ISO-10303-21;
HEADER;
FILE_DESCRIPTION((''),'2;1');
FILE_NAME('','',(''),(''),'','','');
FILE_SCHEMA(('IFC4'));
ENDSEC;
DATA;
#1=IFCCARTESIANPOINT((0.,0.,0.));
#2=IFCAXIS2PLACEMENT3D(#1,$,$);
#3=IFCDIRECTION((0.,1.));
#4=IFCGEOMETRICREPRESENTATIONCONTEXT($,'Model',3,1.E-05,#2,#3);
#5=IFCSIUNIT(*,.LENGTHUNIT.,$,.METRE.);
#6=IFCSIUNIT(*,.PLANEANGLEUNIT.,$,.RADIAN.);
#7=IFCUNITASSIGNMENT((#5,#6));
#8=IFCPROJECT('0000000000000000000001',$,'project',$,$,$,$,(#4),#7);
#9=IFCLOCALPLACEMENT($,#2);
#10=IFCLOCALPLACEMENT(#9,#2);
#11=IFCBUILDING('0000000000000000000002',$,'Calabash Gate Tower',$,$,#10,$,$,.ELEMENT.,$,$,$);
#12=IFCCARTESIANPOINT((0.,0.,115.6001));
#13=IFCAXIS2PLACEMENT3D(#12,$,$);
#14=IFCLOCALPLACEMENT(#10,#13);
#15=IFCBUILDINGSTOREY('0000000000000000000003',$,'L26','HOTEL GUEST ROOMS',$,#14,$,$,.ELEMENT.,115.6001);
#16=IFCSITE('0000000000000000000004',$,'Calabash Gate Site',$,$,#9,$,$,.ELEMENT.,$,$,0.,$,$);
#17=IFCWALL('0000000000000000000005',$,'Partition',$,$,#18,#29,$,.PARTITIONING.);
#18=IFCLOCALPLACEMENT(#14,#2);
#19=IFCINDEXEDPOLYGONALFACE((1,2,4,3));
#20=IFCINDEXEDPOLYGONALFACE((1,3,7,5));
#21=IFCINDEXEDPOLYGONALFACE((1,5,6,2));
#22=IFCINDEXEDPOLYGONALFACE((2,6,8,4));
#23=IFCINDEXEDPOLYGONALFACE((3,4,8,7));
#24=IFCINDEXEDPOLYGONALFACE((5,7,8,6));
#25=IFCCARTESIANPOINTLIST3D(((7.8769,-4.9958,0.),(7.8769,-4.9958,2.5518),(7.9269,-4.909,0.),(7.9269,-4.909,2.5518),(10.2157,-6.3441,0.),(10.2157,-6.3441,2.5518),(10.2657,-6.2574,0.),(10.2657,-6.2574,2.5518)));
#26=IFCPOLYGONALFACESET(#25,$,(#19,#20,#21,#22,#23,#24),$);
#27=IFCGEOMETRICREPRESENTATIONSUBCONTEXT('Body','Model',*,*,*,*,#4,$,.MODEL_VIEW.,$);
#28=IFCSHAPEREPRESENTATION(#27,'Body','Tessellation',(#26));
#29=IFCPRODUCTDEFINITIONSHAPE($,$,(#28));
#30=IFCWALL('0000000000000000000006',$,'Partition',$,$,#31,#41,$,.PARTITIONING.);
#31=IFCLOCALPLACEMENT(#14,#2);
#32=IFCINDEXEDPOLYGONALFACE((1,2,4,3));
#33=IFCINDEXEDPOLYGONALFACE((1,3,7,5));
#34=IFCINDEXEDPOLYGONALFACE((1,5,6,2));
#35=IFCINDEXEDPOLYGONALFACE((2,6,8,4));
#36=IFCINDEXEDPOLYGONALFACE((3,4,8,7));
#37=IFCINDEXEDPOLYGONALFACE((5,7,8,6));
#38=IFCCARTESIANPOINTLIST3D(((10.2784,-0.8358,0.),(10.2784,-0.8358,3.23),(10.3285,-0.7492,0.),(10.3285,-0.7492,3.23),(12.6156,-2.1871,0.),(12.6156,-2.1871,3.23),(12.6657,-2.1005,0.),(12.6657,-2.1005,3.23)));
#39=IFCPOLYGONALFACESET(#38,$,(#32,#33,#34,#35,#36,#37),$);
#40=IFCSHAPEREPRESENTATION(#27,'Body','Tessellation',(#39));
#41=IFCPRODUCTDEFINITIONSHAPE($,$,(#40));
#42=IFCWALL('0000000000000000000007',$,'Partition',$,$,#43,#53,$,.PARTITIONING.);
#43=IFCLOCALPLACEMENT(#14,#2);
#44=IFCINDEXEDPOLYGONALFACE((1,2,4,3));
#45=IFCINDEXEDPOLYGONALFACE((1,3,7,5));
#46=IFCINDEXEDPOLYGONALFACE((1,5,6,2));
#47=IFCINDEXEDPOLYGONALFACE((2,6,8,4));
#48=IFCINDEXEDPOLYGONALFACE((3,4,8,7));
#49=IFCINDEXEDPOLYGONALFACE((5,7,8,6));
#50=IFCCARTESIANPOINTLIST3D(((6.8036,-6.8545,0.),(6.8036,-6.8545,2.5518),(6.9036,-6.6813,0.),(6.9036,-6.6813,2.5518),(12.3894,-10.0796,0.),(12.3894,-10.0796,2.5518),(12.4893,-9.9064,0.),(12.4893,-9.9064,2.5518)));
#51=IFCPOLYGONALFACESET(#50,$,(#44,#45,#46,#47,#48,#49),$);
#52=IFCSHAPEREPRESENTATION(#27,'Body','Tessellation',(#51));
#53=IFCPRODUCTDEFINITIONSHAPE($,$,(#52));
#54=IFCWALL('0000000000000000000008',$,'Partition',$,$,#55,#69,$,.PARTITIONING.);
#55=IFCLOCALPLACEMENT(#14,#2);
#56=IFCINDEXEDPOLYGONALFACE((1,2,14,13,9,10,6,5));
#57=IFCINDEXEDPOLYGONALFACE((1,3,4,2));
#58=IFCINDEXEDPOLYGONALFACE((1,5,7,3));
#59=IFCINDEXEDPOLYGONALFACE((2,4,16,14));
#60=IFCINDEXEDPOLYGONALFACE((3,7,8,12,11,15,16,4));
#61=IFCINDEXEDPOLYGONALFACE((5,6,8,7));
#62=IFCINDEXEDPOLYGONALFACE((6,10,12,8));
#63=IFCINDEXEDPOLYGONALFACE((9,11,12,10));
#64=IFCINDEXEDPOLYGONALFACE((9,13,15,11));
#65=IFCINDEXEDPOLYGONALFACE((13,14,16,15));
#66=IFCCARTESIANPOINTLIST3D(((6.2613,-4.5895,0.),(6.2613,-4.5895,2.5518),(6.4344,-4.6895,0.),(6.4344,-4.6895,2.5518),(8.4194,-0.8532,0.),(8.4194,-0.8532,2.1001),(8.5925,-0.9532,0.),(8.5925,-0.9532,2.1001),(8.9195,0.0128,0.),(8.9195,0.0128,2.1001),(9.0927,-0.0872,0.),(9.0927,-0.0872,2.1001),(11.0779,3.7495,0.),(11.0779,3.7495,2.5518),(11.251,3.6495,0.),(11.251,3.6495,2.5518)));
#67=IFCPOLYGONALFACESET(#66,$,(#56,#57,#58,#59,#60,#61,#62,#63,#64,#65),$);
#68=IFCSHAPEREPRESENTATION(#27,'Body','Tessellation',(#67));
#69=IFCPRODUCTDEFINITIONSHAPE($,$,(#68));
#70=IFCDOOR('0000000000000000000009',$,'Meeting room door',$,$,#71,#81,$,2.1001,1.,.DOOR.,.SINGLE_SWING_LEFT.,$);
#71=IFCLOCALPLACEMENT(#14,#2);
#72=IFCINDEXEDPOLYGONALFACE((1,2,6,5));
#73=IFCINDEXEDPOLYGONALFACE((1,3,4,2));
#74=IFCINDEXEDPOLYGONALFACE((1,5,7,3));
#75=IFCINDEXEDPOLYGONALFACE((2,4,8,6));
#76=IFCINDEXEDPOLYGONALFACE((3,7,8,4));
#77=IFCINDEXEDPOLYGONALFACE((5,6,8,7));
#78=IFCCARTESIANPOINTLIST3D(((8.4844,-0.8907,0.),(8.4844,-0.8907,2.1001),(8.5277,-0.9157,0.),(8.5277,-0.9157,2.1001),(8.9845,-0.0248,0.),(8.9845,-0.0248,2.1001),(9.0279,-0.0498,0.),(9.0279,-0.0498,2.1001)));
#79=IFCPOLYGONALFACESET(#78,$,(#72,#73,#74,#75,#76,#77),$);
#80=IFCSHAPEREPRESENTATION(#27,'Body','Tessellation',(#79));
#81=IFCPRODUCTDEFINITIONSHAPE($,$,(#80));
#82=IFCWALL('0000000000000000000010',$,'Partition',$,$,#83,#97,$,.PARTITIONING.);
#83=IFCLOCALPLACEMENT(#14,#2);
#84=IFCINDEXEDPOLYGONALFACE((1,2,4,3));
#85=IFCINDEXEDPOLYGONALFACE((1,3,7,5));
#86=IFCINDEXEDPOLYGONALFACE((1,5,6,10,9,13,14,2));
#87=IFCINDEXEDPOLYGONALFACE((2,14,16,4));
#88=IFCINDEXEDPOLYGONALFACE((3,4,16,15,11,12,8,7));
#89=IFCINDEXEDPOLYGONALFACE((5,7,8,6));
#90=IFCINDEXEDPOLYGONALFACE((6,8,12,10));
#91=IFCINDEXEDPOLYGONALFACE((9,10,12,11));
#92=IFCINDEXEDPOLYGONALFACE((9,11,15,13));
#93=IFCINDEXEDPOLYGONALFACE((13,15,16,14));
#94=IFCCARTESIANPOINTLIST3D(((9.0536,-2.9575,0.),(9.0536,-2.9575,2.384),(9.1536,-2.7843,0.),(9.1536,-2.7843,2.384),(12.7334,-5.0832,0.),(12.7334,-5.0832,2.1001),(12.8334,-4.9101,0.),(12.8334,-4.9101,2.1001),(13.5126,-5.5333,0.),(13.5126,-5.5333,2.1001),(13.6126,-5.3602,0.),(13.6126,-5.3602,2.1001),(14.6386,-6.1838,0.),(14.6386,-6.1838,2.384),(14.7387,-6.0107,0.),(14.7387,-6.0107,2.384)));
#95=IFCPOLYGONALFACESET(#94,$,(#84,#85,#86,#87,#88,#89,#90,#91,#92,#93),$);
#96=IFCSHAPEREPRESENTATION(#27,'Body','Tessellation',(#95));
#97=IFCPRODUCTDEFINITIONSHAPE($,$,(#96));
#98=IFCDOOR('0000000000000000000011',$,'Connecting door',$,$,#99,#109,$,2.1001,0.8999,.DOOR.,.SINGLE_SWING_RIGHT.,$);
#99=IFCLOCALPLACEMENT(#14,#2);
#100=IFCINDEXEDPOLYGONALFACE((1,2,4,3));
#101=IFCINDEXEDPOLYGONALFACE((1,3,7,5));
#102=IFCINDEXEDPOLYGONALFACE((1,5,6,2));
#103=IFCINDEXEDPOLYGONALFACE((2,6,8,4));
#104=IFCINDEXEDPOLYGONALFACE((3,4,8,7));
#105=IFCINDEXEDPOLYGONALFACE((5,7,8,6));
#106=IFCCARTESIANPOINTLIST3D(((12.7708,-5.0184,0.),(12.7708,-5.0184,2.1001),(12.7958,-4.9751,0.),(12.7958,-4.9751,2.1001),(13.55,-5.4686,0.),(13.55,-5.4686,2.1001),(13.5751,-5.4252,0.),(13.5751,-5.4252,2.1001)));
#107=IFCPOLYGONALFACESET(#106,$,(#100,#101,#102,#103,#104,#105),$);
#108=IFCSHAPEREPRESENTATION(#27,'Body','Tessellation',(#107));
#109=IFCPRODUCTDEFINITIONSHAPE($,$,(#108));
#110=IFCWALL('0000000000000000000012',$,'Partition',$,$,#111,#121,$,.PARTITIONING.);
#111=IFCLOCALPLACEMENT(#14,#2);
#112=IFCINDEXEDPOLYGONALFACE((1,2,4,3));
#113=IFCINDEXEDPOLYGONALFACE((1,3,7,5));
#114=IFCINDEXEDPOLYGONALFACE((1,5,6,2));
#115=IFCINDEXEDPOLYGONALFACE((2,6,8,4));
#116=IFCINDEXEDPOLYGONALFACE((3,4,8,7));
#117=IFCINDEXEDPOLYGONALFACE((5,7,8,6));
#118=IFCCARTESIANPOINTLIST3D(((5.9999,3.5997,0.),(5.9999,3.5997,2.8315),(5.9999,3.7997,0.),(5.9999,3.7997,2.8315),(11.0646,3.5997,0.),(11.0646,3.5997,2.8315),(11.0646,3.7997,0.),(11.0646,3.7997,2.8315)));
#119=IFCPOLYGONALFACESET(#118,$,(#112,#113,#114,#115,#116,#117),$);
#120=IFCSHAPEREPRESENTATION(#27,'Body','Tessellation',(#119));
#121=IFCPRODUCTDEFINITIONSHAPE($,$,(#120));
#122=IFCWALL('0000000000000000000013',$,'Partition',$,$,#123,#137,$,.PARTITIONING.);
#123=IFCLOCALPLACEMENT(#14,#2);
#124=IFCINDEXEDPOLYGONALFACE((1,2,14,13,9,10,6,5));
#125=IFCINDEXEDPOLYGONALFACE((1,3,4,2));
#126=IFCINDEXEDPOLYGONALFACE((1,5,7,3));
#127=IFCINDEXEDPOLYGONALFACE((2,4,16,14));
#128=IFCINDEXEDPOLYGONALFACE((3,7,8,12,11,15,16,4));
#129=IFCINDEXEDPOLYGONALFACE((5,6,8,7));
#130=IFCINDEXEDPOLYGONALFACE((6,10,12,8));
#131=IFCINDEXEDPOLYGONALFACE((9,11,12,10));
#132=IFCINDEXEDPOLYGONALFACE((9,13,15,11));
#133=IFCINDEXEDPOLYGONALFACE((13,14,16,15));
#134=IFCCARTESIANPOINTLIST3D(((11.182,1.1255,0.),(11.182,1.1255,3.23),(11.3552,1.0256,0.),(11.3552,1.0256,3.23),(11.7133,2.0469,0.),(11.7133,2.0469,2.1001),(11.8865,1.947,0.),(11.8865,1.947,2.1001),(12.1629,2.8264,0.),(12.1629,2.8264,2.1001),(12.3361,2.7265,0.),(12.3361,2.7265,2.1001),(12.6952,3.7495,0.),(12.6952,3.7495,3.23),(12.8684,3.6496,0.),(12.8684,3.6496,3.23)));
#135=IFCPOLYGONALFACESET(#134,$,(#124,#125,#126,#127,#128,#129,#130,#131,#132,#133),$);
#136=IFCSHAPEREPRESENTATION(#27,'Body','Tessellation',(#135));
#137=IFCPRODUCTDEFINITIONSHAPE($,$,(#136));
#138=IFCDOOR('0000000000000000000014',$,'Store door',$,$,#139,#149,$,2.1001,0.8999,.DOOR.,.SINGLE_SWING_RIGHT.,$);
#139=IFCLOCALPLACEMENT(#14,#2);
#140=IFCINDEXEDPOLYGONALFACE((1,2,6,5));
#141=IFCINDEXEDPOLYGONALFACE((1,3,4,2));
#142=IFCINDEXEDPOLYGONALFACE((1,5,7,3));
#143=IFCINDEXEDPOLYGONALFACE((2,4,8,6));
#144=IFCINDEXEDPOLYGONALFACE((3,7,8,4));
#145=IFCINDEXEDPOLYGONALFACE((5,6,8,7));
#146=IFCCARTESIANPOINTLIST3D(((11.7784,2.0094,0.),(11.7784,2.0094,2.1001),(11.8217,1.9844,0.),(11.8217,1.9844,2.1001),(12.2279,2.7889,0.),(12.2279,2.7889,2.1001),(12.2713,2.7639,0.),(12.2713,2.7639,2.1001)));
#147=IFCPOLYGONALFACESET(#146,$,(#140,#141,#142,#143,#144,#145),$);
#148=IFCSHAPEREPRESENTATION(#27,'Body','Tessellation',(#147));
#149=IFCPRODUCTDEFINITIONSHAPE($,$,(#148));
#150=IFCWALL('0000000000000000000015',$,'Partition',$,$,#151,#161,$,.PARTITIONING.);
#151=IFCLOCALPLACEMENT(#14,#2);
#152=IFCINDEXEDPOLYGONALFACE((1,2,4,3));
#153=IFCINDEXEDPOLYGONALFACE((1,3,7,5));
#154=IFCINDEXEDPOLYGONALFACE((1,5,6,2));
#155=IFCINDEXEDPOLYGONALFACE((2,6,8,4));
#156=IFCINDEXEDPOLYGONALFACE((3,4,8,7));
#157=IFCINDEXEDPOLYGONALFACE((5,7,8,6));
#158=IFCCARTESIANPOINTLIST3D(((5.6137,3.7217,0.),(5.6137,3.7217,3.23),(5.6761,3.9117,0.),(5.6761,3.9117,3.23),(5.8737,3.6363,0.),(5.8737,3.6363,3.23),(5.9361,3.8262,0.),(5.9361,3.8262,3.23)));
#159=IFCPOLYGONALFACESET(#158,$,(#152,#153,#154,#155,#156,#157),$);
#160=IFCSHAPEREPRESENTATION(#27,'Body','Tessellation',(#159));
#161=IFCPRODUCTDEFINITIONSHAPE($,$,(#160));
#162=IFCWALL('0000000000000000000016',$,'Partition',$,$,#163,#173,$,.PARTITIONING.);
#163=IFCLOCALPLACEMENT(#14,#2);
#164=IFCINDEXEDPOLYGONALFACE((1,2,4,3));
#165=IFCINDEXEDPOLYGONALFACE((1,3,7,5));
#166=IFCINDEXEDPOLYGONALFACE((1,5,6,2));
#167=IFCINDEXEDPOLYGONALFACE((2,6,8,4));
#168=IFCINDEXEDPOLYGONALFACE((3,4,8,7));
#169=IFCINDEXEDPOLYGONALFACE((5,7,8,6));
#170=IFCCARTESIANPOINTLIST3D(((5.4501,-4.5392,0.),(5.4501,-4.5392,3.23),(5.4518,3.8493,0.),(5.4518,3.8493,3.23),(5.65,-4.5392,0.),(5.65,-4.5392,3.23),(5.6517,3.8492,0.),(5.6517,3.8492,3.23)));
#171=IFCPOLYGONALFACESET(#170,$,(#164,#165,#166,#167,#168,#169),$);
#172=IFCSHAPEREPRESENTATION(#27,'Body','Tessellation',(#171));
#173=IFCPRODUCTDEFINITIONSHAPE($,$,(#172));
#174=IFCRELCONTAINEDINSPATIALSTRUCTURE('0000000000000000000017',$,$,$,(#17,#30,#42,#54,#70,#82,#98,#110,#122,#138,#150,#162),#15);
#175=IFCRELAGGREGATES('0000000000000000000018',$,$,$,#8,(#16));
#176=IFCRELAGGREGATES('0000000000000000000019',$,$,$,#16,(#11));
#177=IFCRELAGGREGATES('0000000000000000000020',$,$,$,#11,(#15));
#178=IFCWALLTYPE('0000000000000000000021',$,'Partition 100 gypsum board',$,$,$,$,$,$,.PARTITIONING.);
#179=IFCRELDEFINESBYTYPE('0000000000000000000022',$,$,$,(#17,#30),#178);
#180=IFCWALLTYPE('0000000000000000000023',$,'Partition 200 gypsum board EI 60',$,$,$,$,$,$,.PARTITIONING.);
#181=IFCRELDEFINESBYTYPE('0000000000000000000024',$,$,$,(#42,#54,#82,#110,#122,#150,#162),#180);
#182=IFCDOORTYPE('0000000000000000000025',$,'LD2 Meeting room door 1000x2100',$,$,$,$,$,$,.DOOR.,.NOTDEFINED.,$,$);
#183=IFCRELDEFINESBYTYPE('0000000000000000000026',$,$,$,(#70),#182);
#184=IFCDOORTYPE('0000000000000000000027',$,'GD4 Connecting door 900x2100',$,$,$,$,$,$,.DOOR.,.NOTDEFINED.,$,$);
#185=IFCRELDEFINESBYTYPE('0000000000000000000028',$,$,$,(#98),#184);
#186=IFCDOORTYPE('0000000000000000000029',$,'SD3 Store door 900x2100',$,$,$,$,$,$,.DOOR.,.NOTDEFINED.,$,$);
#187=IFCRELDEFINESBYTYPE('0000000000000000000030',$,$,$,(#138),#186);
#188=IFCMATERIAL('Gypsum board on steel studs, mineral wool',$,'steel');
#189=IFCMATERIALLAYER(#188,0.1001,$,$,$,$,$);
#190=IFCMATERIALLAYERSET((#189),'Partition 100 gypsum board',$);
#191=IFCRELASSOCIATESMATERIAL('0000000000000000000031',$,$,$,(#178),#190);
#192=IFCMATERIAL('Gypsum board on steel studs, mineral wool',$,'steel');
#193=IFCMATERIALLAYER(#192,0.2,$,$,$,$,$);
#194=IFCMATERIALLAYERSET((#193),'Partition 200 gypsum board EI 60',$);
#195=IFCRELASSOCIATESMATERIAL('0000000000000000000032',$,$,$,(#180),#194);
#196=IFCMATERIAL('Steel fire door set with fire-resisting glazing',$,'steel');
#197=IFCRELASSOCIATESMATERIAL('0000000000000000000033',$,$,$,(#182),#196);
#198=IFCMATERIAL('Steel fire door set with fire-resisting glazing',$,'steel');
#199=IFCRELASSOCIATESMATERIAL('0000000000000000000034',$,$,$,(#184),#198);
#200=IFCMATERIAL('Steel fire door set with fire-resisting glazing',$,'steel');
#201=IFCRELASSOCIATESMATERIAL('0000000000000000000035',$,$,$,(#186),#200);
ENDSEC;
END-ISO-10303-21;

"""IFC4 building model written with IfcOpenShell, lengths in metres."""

from ifc_helpers import new_model, si_unit, direction, frame, frame_2d, origin, place, context, subcontext, project, spatial, rectangle, extrude, material, layer, layer_set, type_object, element, fill, save


model = new_model("IFC4")

# Units and contexts
model_context = context("Model", 3, precision=1e-05, world=origin(), true_north=direction((0.0, 1.0)))
body_context = subcontext(model_context, "Body", "Model", "MODEL_VIEW")
ifc_project = project(units=[si_unit("LENGTHUNIT", "METRE"), si_unit("PLANEANGLEUNIT", "RADIAN")], contexts=[model_context])

# Site, building, storey
site_placement = place(None, origin())
site = spatial("IfcSite", under=ifc_project, at=site_placement, Name="Calabash Gate Site", CompositionType="ELEMENT", RefElevation=0.0)
building_placement = place(site_placement, origin())
building = spatial("IfcBuilding", under=site, at=building_placement, Name="Calabash Gate Tower", CompositionType="ELEMENT")
storey_placement = place(building_placement, frame((0.0, 0.0, 115.6001)))
storey = spatial("IfcBuildingStorey", under=building, at=storey_placement, Name="L26", Description="HOTEL GUEST ROOMS", CompositionType="ELEMENT", Elevation=115.6001)

# Walls
ifc_material_1 = material(Name="Gypsum board on steel studs, mineral wool", Category="steel")
ifc_layer_1 = layer(ifc_material_1, 0.1001)
ifc_layer_set_1 = layer_set([ifc_layer_1], Name="Partition 100 gypsum board")
wall_type_1 = type_object("IfcWallType", Name="Partition 100 gypsum board", PredefinedType="PARTITIONING", material=ifc_layer_set_1)
wall_1_placement = place(storey_placement, frame((7.9019, -4.9524, 0.0), z_axis=(0.0, 0.0, 1.0), x_axis=(0.866339, -0.499456, 0.0)))
element("IfcWall", 1, at=wall_1_placement, inside=storey, type_object=wall_type_1, Name="Partition", PredefinedType="PARTITIONING", context=body_context, shape_type="SweptSolid", body=[
    extrude(rectangle(XDim=2.6997, YDim=0.1001, at=frame_2d((1.3499, 0.0))), origin(), (0.0, 0.0, 1.0), 2.5518),
])
wall_2_placement = place(storey_placement, frame((10.3035, -0.7925, 0.0), z_axis=(0.0, 0.0, 1.0), x_axis=(0.865711, -0.500544, 0.0)))
element("IfcWall", 2, at=wall_2_placement, inside=storey, type_object=wall_type_1, Name="Partition", PredefinedType="PARTITIONING", context=body_context, shape_type="SweptSolid", body=[
    extrude(rectangle(XDim=2.6997, YDim=0.1001, at=frame_2d((1.3499, 0.0))), origin(), (0.0, 0.0, 1.0), 3.23),
])
ifc_material_2 = material(Name="Gypsum board on steel studs, mineral wool", Category="steel")
ifc_layer_2 = layer(ifc_material_2, 0.2)
ifc_layer_set_2 = layer_set([ifc_layer_2], Name="Partition 200 gypsum board EI 60")
wall_type_2 = type_object("IfcWallType", Name="Partition 200 gypsum board EI 60", PredefinedType="PARTITIONING", material=ifc_layer_set_2)
wall_3_placement = place(storey_placement, frame((6.8535, -6.7678, 0.0), z_axis=(0.0, 0.0, 1.0), x_axis=(0.866012, -0.500023, 0.0)))
element("IfcWall", 3, at=wall_3_placement, inside=storey, type_object=wall_type_2, Name="Partition", PredefinedType="PARTITIONING", context=body_context, shape_type="SweptSolid", body=[
    extrude(rectangle(XDim=6.45, YDim=0.2, at=frame_2d((3.2251, 0.0))), origin(), (0.0, 0.0, 1.0), 2.5518),
])

# Walls, openings, doors
wall_4_placement = place(storey_placement, frame((6.3479, -4.6394, 0.0), z_axis=(0.0, 0.0, 1.0), x_axis=(0.500161, 0.865933, 0.0)))
wall_4 = element("IfcWall", 4, at=wall_4_placement, inside=storey, type_object=wall_type_2, Name="Partition", PredefinedType="PARTITIONING", context=body_context, shape_type="SweptSolid", body=[
    extrude(rectangle(XDim=9.6301, YDim=0.2, at=frame_2d((4.8149, 0.0))), origin(), (0.0, 0.0, 1.0), 2.5518),
])
opening_1_placement = place(wall_4_placement, frame((4.3147, 0.0, 0.0)))
opening_1 = element("IfcOpeningElement", 5, at=opening_1_placement, cuts=wall_4, PredefinedType="OPENING", context=body_context, shape_type="SweptSolid", body=[
    extrude(rectangle(XDim=1.0, YDim=2.1001, at=frame_2d((0.5, 1.05))), frame((0.0, 0.1099, 0.0), z_axis=(0.0, -1.0, 0.0), x_axis=(1.0, 0.0, 0.0)), (0.0, 0.0, 1.0), 0.22),
])
ifc_material_3 = material(Name="Steel fire door set with fire-resisting glazing", Category="steel")
door_type_1 = type_object("IfcDoorType", Name="LD2 Meeting room door 1000x2100", OperationType="NOTDEFINED", PredefinedType="DOOR", material=ifc_material_3)
door_1_placement = place(opening_1_placement, origin())
door_1 = element("IfcDoor", 6, at=door_1_placement, inside=storey, type_object=door_type_1, Name="Meeting room door", OperationType="SINGLE_SWING_LEFT", OverallHeight=2.1001, OverallWidth=1.0, PredefinedType="DOOR", context=body_context, shape_type="SweptSolid", body=[
    extrude(rectangle(XDim=1.0, YDim=2.1001, at=frame_2d((0.5, 1.05))), frame((0.0, 0.0249, 0.0), z_axis=(0.0, -1.0, 0.0), x_axis=(1.0, 0.0, 0.0)), (0.0, 0.0, 1.0), 0.05),
])
fill(opening_1, door_1)
wall_5_placement = place(storey_placement, frame((9.1035, -2.8708, 0.0), z_axis=(0.0, 0.0, 1.0), x_axis=(0.865902, -0.500214, 0.0)))
wall_5 = element("IfcWall", 7, at=wall_5_placement, inside=storey, type_object=wall_type_2, Name="Partition", PredefinedType="PARTITIONING", context=body_context, shape_type="SweptSolid", body=[
    extrude(rectangle(XDim=6.45, YDim=0.2, at=frame_2d((3.2251, 0.0))), origin(), (0.0, 0.0, 1.0), 2.384),
])
opening_2_placement = place(wall_5_placement, frame((4.2498, 0.0, 0.0)))
opening_2 = element("IfcOpeningElement", 8, at=opening_2_placement, cuts=wall_5, PredefinedType="OPENING", context=body_context, shape_type="SweptSolid", body=[
    extrude(rectangle(XDim=0.8999, YDim=2.1001, at=frame_2d((0.45, 1.05))), frame((0.0, 0.1099, 0.0), z_axis=(0.0, -1.0, 0.0), x_axis=(1.0, 0.0, 0.0)), (0.0, 0.0, 1.0), 0.22),
])
ifc_material_4 = material(Name="Steel fire door set with fire-resisting glazing", Category="steel")
door_type_2 = type_object("IfcDoorType", Name="GD4 Connecting door 900x2100", OperationType="NOTDEFINED", PredefinedType="DOOR", material=ifc_material_4)
door_2_placement = place(opening_2_placement, origin())
door_2 = element("IfcDoor", 9, at=door_2_placement, inside=storey, type_object=door_type_2, Name="Connecting door", OperationType="SINGLE_SWING_RIGHT", OverallHeight=2.1001, OverallWidth=0.8999, PredefinedType="DOOR", context=body_context, shape_type="SweptSolid", body=[
    extrude(rectangle(XDim=0.8999, YDim=2.1001, at=frame_2d((0.45, 1.05))), frame((0.0, 0.0249, 0.0), z_axis=(0.0, -1.0, 0.0), x_axis=(1.0, 0.0, 0.0)), (0.0, 0.0, 1.0), 0.05),
])
fill(opening_2, door_2)

# Wall
wall_6_placement = place(storey_placement, frame((6.0, 3.6997, 0.0), z_axis=(0.0, 0.0, 1.0), x_axis=(1.0, 0.0, 0.0)))
element("IfcWall", 10, at=wall_6_placement, inside=storey, type_object=wall_type_2, Name="Partition", PredefinedType="PARTITIONING", context=body_context, shape_type="SweptSolid", body=[
    extrude(rectangle(XDim=5.0647, YDim=0.2, at=frame_2d((2.5322, 0.0))), origin(), (0.0, 0.0, 1.0), 2.8315),
])

# Wall, opening, door
wall_7_placement = place(storey_placement, frame((11.2686, 1.0754, 0.0), z_axis=(0.0, 0.0, 1.0), x_axis=(0.499555, 0.866282, 0.0)))
wall_7 = element("IfcWall", 11, at=wall_7_placement, inside=storey, type_object=wall_type_2, Name="Partition", PredefinedType="PARTITIONING", context=body_context, shape_type="SweptSolid", body=[
    extrude(rectangle(XDim=3.0291, YDim=0.2, at=frame_2d((1.5146, 0.0))), origin(), (0.0, 0.0, 1.0), 3.23),
])
opening_3_placement = place(wall_7_placement, frame((1.0637, 0.0, 0.0)))
opening_3 = element("IfcOpeningElement", 12, at=opening_3_placement, cuts=wall_7, PredefinedType="OPENING", context=body_context, shape_type="SweptSolid", body=[
    extrude(rectangle(XDim=0.8999, YDim=2.1001, at=frame_2d((0.45, 1.05))), frame((0.0, 0.1099, 0.0), z_axis=(0.0, -1.0, 0.0), x_axis=(1.0, 0.0, 0.0)), (0.0, 0.0, 1.0), 0.22),
])
ifc_material_5 = material(Name="Steel fire door set with fire-resisting glazing", Category="steel")
door_type_3 = type_object("IfcDoorType", Name="SD3 Store door 900x2100", OperationType="NOTDEFINED", PredefinedType="DOOR", material=ifc_material_5)
door_3_placement = place(opening_3_placement, origin())
door_3 = element("IfcDoor", 13, at=door_3_placement, inside=storey, type_object=door_type_3, Name="Store door", OperationType="SINGLE_SWING_RIGHT", OverallHeight=2.1001, OverallWidth=0.8999, PredefinedType="DOOR", context=body_context, shape_type="SweptSolid", body=[
    extrude(rectangle(XDim=0.8999, YDim=2.1001, at=frame_2d((0.45, 1.05))), frame((0.0, 0.0249, 0.0), z_axis=(0.0, -1.0, 0.0), x_axis=(1.0, 0.0, 0.0)), (0.0, 0.0, 1.0), 0.05),
])
fill(opening_3, door_3)

# Walls
wall_8_placement = place(storey_placement, frame((5.645, 3.8167, 0.0), z_axis=(0.0, 0.0, 1.0), x_axis=(0.950013, -0.312211, 0.0)))
element("IfcWall", 14, at=wall_8_placement, inside=storey, type_object=wall_type_2, Name="Partition", PredefinedType="PARTITIONING", context=body_context, shape_type="SweptSolid", body=[
    extrude(rectangle(XDim=0.2737, YDim=0.2, at=frame_2d((0.1367, 0.0))), origin(), (0.0, 0.0, 1.0), 3.23),
])
wall_9_placement = place(storey_placement, frame((5.55, -4.5393, 0.0), z_axis=(0.0, 0.0, 1.0), x_axis=(0.000204, 1.0, 0.0)))
element("IfcWall", 15, at=wall_9_placement, inside=storey, type_object=wall_type_2, Name="Partition", PredefinedType="PARTITIONING", context=body_context, shape_type="SweptSolid", body=[
    extrude(rectangle(XDim=8.3884, YDim=0.2, at=frame_2d((4.1943, 0.0))), origin(), (0.0, 0.0, 1.0), 3.23),
])

save(model, "model.ifc")
